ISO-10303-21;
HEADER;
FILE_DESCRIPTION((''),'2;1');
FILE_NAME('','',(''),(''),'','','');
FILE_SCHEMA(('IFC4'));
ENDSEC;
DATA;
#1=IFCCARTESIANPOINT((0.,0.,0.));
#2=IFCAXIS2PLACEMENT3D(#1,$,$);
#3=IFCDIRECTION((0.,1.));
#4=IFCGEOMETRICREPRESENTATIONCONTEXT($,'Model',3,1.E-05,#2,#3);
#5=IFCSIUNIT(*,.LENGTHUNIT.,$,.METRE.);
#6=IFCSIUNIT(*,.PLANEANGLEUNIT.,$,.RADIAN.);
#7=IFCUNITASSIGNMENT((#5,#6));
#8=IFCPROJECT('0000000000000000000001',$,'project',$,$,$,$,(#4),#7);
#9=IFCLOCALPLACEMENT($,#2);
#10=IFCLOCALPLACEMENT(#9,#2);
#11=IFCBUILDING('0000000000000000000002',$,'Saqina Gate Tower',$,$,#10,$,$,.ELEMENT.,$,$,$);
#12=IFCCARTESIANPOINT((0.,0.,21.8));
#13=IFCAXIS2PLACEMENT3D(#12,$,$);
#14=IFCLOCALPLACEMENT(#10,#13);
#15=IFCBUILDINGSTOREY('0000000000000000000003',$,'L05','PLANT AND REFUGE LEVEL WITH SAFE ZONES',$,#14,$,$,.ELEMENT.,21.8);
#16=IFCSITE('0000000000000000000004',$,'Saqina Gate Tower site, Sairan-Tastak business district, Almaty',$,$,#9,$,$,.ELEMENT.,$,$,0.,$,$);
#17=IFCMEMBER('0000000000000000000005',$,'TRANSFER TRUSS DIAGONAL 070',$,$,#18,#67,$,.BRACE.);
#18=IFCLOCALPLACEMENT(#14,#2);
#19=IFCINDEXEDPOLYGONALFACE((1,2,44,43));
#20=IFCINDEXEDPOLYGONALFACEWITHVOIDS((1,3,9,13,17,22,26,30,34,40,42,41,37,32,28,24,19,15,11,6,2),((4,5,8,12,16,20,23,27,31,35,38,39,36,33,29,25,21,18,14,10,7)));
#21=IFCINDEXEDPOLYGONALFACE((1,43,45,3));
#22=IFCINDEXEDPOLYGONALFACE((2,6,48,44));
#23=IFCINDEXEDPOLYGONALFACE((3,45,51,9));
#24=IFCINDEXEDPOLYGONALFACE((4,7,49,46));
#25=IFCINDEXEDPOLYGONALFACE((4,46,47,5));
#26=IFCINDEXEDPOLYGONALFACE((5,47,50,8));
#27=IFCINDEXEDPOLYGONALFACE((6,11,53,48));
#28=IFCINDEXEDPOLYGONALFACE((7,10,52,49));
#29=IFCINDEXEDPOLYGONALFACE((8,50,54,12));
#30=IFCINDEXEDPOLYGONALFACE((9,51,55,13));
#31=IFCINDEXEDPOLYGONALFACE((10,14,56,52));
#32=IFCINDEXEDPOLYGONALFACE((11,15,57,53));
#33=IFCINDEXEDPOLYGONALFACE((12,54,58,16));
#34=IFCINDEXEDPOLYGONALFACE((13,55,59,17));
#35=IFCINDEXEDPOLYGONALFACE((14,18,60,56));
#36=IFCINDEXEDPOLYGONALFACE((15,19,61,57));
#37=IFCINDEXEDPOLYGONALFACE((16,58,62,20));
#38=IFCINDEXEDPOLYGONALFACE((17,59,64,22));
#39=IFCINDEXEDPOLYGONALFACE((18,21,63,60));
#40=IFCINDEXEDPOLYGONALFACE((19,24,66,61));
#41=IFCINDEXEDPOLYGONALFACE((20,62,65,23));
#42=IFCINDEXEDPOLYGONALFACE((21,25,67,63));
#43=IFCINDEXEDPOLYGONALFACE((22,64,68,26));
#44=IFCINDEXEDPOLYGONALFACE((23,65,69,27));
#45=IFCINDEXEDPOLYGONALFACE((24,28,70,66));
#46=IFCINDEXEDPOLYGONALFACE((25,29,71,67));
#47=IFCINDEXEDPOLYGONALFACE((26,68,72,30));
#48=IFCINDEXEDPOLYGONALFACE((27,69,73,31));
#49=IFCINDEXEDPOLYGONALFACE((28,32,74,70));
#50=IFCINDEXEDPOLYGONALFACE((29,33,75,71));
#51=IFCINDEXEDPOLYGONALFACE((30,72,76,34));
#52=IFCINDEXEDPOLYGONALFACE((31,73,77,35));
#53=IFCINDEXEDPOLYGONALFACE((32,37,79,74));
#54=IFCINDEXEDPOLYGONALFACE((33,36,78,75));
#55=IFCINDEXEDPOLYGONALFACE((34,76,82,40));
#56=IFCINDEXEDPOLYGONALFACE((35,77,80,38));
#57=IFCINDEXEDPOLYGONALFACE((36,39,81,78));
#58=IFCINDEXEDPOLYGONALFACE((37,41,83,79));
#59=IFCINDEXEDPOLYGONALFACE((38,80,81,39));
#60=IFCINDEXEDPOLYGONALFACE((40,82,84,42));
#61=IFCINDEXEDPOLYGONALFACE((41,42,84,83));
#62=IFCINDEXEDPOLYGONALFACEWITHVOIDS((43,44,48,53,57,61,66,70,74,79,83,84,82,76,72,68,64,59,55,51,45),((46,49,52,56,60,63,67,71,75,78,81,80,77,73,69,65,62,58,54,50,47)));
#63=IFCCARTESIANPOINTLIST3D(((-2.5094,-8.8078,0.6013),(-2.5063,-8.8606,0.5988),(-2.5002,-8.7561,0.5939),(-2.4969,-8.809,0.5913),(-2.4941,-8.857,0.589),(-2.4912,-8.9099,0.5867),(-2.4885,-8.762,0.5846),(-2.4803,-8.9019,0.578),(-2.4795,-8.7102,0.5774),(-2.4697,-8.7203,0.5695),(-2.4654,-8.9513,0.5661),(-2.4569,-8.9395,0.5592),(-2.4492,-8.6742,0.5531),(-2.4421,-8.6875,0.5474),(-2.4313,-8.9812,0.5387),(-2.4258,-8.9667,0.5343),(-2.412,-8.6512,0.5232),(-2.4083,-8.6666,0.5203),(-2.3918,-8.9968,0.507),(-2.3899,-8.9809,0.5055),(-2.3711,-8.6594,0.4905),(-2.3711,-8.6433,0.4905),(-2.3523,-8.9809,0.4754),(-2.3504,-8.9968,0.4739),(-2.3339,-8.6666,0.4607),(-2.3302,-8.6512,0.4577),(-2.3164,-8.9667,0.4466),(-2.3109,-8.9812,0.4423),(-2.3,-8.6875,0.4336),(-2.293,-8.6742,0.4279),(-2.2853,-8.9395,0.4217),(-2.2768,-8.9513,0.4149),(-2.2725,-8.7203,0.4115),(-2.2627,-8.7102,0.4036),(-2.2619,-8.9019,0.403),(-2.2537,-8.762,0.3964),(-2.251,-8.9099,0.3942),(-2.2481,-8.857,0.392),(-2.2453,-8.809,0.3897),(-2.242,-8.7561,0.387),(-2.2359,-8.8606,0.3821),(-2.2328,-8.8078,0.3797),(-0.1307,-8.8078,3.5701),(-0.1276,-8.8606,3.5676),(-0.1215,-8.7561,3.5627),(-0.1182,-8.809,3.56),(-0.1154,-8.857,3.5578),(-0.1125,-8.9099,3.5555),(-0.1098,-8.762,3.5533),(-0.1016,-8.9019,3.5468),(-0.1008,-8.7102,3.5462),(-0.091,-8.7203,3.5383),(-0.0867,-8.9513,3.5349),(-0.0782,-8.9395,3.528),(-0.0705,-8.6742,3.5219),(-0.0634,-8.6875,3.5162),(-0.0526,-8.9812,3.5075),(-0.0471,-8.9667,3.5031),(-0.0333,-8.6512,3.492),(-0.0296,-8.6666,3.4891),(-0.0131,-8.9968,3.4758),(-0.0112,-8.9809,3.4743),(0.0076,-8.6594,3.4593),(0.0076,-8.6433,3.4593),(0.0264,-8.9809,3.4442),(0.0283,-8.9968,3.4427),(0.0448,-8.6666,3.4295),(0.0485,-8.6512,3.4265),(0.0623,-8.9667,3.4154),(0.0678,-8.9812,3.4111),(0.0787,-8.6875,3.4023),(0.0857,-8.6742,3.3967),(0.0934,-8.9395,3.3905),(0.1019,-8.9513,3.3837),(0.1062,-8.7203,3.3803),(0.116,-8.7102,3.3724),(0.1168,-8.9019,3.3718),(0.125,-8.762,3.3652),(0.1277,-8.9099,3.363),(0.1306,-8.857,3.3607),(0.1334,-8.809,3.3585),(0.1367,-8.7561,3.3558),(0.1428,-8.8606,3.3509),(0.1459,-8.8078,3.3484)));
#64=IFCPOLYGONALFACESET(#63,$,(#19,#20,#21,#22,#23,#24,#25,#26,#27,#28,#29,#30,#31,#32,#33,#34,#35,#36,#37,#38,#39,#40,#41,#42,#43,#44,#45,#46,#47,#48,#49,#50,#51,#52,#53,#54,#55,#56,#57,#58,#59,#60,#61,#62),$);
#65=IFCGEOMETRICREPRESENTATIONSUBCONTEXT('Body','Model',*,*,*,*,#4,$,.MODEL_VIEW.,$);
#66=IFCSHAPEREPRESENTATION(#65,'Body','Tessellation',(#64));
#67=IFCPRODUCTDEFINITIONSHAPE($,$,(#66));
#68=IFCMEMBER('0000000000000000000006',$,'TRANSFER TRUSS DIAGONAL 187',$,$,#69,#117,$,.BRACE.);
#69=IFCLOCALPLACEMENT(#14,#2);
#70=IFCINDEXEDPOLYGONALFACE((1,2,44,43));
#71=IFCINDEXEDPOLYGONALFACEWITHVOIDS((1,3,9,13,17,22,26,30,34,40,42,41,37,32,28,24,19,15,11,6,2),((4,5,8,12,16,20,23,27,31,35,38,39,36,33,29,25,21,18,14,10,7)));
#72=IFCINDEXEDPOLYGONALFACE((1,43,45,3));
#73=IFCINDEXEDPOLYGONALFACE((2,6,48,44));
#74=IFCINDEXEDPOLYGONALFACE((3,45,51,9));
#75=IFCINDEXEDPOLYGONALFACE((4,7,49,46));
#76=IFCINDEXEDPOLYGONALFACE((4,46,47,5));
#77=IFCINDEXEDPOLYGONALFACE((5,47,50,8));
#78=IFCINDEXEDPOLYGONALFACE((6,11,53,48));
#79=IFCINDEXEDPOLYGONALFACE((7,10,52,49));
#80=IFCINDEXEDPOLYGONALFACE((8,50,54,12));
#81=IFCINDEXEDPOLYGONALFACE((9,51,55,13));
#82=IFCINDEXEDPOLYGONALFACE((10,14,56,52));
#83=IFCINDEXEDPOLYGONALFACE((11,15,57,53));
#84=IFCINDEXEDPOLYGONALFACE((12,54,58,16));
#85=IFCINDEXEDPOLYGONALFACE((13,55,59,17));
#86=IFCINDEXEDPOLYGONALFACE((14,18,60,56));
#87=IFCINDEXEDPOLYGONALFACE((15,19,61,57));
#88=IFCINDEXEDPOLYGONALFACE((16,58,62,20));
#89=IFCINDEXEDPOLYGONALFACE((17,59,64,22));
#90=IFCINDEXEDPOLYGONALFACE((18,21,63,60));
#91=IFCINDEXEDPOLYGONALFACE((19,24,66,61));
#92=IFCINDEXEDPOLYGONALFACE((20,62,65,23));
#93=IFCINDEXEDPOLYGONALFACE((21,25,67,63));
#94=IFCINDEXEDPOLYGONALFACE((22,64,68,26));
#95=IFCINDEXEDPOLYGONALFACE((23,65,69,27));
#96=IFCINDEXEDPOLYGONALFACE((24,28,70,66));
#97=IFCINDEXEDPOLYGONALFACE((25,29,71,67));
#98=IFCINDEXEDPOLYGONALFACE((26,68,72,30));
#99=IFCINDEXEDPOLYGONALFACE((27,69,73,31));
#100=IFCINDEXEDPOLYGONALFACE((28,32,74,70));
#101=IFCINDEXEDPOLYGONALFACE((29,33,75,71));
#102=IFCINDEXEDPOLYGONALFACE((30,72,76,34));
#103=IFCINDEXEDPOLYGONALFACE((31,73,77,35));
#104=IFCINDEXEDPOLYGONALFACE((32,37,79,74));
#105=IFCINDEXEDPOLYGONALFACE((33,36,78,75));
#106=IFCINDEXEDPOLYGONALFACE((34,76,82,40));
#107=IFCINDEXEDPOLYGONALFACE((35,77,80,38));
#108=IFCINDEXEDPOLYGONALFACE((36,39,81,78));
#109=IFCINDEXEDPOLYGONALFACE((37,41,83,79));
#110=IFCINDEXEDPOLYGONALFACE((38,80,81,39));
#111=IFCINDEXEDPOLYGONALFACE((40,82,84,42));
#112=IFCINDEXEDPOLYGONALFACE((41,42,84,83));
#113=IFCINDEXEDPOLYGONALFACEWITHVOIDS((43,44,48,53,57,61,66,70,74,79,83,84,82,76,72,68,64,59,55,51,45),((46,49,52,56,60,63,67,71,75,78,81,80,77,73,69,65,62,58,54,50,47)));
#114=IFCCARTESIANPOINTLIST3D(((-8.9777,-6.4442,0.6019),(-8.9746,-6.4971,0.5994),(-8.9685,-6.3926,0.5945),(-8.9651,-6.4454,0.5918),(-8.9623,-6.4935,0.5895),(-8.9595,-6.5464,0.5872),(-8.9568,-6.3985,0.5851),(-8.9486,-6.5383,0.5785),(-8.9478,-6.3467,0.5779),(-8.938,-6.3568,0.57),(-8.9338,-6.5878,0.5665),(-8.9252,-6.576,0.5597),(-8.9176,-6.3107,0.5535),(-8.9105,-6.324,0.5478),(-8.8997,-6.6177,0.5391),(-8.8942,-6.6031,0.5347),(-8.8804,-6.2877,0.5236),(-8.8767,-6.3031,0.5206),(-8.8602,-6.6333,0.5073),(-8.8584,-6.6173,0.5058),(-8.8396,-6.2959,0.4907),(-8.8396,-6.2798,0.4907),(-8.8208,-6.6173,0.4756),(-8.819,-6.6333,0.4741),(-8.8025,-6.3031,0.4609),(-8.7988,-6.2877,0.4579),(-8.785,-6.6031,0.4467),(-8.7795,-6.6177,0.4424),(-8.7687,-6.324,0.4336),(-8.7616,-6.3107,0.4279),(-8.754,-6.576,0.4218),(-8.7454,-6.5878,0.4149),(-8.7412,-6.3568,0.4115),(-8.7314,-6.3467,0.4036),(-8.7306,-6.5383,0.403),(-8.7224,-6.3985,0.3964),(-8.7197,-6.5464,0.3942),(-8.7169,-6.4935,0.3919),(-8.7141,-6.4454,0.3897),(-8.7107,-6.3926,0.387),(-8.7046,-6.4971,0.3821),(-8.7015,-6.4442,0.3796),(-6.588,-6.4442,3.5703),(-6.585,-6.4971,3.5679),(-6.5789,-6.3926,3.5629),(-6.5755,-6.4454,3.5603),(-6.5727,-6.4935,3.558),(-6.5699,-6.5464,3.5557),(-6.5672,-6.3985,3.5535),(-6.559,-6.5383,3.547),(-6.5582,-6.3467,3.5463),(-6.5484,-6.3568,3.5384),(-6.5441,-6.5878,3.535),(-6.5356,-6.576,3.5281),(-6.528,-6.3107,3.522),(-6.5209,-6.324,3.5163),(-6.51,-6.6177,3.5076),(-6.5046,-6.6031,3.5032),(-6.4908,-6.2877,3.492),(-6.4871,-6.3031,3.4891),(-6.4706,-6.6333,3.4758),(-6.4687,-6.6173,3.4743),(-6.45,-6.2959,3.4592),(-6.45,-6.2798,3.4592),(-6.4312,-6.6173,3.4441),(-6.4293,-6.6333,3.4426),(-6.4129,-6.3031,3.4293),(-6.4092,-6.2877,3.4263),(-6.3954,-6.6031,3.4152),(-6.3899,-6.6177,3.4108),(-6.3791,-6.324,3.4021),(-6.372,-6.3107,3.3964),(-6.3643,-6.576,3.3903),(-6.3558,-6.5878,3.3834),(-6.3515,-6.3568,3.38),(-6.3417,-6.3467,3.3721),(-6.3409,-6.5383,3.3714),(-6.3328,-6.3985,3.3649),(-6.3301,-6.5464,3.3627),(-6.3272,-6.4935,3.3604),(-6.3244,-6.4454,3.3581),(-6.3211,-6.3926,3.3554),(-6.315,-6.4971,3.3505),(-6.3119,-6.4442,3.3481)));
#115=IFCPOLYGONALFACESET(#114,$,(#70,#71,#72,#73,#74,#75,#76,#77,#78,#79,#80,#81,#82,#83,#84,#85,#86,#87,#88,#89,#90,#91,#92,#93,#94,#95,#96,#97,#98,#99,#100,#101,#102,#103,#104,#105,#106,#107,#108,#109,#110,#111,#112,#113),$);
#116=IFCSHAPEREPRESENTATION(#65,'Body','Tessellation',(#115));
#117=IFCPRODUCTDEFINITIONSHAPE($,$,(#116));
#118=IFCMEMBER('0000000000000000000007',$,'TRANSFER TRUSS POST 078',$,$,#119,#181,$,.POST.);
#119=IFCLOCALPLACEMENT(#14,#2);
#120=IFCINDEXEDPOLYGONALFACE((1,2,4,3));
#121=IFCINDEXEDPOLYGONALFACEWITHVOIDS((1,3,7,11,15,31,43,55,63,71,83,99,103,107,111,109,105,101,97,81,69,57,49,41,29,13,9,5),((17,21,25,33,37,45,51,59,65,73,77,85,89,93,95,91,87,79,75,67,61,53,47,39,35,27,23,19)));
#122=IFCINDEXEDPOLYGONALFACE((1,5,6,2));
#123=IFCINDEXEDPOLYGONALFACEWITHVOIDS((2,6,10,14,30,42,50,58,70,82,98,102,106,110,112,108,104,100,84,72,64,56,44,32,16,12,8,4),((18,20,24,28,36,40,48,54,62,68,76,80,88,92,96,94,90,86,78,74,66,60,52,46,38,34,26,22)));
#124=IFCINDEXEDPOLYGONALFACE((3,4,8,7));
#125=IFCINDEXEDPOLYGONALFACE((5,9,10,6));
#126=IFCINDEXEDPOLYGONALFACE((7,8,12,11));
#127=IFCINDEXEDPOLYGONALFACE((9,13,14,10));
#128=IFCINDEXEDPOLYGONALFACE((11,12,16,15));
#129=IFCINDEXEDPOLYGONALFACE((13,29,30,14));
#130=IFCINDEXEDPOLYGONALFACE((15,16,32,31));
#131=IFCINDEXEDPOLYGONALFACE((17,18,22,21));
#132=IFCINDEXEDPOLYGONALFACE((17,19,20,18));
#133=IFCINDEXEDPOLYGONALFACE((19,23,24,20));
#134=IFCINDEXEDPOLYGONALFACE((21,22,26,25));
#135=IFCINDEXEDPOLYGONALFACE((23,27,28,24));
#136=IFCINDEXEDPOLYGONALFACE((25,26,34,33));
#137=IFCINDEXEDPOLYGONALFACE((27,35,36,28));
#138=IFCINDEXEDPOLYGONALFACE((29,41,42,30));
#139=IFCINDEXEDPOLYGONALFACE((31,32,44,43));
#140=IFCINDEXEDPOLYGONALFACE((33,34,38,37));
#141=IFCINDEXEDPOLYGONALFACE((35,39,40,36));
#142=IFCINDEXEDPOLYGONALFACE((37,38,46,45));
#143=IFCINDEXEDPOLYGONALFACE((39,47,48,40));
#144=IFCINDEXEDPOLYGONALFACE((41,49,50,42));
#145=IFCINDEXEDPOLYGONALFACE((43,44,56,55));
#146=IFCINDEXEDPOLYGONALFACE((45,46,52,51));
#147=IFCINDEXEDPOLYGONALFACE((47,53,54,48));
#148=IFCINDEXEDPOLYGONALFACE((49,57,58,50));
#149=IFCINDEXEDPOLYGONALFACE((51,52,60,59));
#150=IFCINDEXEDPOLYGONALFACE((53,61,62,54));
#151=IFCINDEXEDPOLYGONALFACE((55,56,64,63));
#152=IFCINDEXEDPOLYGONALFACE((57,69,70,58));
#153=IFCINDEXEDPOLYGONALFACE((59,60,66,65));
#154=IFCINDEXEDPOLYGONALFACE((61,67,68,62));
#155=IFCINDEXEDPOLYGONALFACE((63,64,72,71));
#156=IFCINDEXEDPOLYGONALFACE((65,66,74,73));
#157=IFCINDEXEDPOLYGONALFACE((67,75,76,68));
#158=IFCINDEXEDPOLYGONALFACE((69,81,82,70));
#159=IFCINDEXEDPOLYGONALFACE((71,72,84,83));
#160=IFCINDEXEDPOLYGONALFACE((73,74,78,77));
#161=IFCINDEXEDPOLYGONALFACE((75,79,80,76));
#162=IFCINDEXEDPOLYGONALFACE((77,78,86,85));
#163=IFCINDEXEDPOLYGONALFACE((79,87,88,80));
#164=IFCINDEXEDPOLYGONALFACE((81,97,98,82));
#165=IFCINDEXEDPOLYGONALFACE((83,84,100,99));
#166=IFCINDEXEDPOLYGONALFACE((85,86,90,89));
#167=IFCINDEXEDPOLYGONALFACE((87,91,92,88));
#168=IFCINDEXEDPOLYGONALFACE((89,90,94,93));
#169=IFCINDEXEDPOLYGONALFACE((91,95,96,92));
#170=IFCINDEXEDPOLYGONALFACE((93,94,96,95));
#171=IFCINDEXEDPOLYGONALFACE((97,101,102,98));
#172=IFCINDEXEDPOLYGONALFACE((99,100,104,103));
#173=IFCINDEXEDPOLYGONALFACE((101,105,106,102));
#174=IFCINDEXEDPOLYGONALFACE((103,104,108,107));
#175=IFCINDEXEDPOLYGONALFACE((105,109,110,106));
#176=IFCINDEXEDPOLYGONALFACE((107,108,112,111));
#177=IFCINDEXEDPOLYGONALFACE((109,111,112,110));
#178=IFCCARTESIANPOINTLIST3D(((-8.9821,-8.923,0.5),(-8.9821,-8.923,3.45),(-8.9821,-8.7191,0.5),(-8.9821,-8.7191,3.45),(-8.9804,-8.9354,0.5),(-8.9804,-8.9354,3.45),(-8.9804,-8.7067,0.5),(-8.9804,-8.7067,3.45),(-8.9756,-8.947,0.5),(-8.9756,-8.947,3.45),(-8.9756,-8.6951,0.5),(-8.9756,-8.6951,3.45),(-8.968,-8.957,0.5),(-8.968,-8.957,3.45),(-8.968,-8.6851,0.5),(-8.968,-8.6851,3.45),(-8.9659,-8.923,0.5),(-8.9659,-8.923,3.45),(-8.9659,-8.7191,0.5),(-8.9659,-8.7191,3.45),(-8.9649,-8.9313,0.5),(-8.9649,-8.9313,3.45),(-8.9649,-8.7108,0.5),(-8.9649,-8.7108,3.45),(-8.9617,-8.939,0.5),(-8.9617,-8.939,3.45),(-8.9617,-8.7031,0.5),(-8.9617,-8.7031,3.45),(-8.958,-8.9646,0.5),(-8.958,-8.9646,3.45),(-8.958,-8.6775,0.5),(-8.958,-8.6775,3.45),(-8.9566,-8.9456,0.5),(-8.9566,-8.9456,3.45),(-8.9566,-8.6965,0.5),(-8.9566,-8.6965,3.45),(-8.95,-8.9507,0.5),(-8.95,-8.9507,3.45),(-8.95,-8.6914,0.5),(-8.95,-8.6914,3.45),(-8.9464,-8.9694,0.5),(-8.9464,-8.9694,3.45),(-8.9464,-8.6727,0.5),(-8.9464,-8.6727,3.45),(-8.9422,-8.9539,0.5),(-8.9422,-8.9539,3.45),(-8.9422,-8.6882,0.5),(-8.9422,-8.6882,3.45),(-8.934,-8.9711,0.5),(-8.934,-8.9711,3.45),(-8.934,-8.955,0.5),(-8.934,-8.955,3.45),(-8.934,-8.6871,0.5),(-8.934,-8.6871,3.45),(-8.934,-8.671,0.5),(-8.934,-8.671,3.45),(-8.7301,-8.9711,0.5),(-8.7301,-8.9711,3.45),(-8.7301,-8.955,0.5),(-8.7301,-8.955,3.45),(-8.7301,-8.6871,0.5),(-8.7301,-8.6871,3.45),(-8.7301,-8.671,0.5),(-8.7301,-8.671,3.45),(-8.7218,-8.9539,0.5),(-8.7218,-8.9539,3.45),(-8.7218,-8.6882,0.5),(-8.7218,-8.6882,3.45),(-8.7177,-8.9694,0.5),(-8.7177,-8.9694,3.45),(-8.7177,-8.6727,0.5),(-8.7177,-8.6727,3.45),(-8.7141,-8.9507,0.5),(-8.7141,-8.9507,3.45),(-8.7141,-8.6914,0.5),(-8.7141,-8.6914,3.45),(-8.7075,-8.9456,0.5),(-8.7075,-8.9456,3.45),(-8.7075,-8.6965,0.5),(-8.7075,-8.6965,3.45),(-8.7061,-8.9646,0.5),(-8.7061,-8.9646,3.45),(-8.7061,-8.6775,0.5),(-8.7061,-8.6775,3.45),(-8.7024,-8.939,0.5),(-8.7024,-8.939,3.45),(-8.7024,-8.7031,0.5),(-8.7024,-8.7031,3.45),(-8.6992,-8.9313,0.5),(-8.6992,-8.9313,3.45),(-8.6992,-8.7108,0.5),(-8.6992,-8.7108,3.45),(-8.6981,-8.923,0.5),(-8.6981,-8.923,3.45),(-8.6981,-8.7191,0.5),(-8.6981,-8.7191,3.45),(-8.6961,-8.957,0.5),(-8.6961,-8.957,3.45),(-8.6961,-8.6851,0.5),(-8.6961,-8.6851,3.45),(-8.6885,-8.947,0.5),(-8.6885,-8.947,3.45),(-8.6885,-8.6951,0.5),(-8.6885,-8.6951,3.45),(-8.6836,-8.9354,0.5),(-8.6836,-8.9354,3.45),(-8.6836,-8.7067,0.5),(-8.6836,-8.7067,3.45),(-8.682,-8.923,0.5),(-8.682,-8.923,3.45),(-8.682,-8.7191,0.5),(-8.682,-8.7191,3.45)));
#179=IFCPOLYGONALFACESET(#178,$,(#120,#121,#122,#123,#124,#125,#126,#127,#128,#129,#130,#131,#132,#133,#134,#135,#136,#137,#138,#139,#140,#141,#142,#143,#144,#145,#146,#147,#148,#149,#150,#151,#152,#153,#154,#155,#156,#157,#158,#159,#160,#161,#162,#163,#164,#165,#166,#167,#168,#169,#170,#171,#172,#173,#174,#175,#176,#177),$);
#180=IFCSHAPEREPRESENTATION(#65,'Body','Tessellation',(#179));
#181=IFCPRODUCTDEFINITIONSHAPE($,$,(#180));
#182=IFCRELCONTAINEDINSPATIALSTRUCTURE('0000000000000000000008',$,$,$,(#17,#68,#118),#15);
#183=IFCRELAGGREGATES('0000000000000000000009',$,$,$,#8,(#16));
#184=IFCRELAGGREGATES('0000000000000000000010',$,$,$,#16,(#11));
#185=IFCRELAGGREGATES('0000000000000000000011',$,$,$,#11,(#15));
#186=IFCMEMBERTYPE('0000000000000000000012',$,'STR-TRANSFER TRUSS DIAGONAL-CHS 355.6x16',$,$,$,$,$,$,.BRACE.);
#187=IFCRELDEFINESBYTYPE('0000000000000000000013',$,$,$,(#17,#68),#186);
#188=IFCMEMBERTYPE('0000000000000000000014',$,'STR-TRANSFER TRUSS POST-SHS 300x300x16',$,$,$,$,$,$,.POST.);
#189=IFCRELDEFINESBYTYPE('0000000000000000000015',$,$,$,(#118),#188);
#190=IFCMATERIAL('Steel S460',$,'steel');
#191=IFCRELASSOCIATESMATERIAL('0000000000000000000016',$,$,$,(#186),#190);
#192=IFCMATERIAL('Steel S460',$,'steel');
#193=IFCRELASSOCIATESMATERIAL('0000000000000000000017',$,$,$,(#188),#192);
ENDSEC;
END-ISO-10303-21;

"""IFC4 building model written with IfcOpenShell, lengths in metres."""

from ifc_helpers import new_model, si_unit, direction, frame, origin, origin_2d, place, context, subcontext, project, spatial, hollow_rectangle, hollow_circle, extrude, material, material_profile, profile_set, type_object, element, save


model = new_model("IFC4")

# Units and contexts
model_context = context("Model", 3, precision=1e-05, world=origin(), true_north=direction((0.0, 1.0)))
body_context = subcontext(model_context, "Body", "Model", "MODEL_VIEW")
ifc_project = project(units=[si_unit("LENGTHUNIT", "METRE"), si_unit("PLANEANGLEUNIT", "RADIAN")], contexts=[model_context])

# Site, building, storey
site_placement = place(None, origin())
site = spatial("IfcSite", under=ifc_project, at=site_placement, Name="Saqina Gate Tower site, Sairan-Tastak business district, Almaty", CompositionType="ELEMENT", RefElevation=0.0)
building_placement = place(site_placement, origin())
building = spatial("IfcBuilding", under=site, at=building_placement, Name="Saqina Gate Tower", CompositionType="ELEMENT")
storey_placement = place(building_placement, frame((0.0, 0.0, 21.8)))
storey = spatial("IfcBuildingStorey", under=building, at=storey_placement, Name="L05", Description="PLANT AND REFUGE LEVEL WITH SAFE ZONES", CompositionType="ELEMENT", Elevation=21.8)

# Members
ifc_material_1 = material(Name="Steel S460", Category="steel")
ifc_material_profile_1 = material_profile(ifc_material_1, hollow_circle(Radius=0.1777, WallThickness=0.0161, at=origin_2d()), Name="CHS 355.6x16")
ifc_profile_set_1 = profile_set([ifc_material_profile_1], Name="Steel S460")
member_type_1 = type_object("IfcMemberType", Name="STR-TRANSFER TRUSS DIAGONAL-CHS 355.6x16", PredefinedType="BRACE", material=ifc_profile_set_1)
member_1_placement = place(storey_placement, frame((-2.3711, -8.821, 0.4905), z_axis=(0.625282, 0.0, 0.780399), x_axis=(0.0, 1.0, 0.0)))
element("IfcMember", 1, at=member_1_placement, inside=storey, type_object=member_type_1, Name="TRANSFER TRUSS DIAGONAL 070", PredefinedType="BRACE", context=body_context, shape_type="SweptSolid", body=[
    extrude(hollow_circle(Radius=0.1777, WallThickness=0.0161, at=origin_2d()), origin(), (0.0, 0.0, 1.0), 3.8042),
])
member_2_placement = place(storey_placement, frame((-8.8396, -6.4575, 0.4907), z_axis=(0.627067, 0.0, 0.778965), x_axis=(0.0, 1.0, 0.0)))
element("IfcMember", 2, at=member_2_placement, inside=storey, type_object=member_type_1, Name="TRANSFER TRUSS DIAGONAL 187", PredefinedType="BRACE", context=body_context, shape_type="SweptSolid", body=[
    extrude(hollow_circle(Radius=0.1777, WallThickness=0.0161, at=origin_2d()), origin(), (0.0, 0.0, 1.0), 3.8108),
])
ifc_material_2 = material(Name="Steel S460", Category="steel")
ifc_material_profile_2 = material_profile(ifc_material_2, hollow_rectangle(XDim=0.3, YDim=0.3, WallThickness=0.0161, InnerFilletRadius=0.032, OuterFilletRadius=0.0481, at=origin_2d()), Name="SHS 300x300x16")
ifc_profile_set_2 = profile_set([ifc_material_profile_2], Name="Steel S460")
member_type_2 = type_object("IfcMemberType", Name="STR-TRANSFER TRUSS POST-SHS 300x300x16", PredefinedType="POST", material=ifc_profile_set_2)
for number, where, z_axis, x_axis, name in (
    (3, (-8.832, -8.821, 0.5), (0.0, 0.0, 1.0), (1.0, 0.0, 0.0), "TRANSFER TRUSS POST 078"),
):
    element("IfcMember", number, at=place(storey_placement, frame(where, z_axis=z_axis, x_axis=x_axis)), inside=storey, type_object=member_type_2, Name=name, PredefinedType="POST", context=body_context, shape_type="SweptSolid", body=[
        extrude(hollow_rectangle(XDim=0.3, YDim=0.3, WallThickness=0.0161, InnerFilletRadius=0.032, OuterFilletRadius=0.0481, at=origin_2d()), origin(), (0.0, 0.0, 1.0), 2.95),
    ])

save(model, "model.ifc")
